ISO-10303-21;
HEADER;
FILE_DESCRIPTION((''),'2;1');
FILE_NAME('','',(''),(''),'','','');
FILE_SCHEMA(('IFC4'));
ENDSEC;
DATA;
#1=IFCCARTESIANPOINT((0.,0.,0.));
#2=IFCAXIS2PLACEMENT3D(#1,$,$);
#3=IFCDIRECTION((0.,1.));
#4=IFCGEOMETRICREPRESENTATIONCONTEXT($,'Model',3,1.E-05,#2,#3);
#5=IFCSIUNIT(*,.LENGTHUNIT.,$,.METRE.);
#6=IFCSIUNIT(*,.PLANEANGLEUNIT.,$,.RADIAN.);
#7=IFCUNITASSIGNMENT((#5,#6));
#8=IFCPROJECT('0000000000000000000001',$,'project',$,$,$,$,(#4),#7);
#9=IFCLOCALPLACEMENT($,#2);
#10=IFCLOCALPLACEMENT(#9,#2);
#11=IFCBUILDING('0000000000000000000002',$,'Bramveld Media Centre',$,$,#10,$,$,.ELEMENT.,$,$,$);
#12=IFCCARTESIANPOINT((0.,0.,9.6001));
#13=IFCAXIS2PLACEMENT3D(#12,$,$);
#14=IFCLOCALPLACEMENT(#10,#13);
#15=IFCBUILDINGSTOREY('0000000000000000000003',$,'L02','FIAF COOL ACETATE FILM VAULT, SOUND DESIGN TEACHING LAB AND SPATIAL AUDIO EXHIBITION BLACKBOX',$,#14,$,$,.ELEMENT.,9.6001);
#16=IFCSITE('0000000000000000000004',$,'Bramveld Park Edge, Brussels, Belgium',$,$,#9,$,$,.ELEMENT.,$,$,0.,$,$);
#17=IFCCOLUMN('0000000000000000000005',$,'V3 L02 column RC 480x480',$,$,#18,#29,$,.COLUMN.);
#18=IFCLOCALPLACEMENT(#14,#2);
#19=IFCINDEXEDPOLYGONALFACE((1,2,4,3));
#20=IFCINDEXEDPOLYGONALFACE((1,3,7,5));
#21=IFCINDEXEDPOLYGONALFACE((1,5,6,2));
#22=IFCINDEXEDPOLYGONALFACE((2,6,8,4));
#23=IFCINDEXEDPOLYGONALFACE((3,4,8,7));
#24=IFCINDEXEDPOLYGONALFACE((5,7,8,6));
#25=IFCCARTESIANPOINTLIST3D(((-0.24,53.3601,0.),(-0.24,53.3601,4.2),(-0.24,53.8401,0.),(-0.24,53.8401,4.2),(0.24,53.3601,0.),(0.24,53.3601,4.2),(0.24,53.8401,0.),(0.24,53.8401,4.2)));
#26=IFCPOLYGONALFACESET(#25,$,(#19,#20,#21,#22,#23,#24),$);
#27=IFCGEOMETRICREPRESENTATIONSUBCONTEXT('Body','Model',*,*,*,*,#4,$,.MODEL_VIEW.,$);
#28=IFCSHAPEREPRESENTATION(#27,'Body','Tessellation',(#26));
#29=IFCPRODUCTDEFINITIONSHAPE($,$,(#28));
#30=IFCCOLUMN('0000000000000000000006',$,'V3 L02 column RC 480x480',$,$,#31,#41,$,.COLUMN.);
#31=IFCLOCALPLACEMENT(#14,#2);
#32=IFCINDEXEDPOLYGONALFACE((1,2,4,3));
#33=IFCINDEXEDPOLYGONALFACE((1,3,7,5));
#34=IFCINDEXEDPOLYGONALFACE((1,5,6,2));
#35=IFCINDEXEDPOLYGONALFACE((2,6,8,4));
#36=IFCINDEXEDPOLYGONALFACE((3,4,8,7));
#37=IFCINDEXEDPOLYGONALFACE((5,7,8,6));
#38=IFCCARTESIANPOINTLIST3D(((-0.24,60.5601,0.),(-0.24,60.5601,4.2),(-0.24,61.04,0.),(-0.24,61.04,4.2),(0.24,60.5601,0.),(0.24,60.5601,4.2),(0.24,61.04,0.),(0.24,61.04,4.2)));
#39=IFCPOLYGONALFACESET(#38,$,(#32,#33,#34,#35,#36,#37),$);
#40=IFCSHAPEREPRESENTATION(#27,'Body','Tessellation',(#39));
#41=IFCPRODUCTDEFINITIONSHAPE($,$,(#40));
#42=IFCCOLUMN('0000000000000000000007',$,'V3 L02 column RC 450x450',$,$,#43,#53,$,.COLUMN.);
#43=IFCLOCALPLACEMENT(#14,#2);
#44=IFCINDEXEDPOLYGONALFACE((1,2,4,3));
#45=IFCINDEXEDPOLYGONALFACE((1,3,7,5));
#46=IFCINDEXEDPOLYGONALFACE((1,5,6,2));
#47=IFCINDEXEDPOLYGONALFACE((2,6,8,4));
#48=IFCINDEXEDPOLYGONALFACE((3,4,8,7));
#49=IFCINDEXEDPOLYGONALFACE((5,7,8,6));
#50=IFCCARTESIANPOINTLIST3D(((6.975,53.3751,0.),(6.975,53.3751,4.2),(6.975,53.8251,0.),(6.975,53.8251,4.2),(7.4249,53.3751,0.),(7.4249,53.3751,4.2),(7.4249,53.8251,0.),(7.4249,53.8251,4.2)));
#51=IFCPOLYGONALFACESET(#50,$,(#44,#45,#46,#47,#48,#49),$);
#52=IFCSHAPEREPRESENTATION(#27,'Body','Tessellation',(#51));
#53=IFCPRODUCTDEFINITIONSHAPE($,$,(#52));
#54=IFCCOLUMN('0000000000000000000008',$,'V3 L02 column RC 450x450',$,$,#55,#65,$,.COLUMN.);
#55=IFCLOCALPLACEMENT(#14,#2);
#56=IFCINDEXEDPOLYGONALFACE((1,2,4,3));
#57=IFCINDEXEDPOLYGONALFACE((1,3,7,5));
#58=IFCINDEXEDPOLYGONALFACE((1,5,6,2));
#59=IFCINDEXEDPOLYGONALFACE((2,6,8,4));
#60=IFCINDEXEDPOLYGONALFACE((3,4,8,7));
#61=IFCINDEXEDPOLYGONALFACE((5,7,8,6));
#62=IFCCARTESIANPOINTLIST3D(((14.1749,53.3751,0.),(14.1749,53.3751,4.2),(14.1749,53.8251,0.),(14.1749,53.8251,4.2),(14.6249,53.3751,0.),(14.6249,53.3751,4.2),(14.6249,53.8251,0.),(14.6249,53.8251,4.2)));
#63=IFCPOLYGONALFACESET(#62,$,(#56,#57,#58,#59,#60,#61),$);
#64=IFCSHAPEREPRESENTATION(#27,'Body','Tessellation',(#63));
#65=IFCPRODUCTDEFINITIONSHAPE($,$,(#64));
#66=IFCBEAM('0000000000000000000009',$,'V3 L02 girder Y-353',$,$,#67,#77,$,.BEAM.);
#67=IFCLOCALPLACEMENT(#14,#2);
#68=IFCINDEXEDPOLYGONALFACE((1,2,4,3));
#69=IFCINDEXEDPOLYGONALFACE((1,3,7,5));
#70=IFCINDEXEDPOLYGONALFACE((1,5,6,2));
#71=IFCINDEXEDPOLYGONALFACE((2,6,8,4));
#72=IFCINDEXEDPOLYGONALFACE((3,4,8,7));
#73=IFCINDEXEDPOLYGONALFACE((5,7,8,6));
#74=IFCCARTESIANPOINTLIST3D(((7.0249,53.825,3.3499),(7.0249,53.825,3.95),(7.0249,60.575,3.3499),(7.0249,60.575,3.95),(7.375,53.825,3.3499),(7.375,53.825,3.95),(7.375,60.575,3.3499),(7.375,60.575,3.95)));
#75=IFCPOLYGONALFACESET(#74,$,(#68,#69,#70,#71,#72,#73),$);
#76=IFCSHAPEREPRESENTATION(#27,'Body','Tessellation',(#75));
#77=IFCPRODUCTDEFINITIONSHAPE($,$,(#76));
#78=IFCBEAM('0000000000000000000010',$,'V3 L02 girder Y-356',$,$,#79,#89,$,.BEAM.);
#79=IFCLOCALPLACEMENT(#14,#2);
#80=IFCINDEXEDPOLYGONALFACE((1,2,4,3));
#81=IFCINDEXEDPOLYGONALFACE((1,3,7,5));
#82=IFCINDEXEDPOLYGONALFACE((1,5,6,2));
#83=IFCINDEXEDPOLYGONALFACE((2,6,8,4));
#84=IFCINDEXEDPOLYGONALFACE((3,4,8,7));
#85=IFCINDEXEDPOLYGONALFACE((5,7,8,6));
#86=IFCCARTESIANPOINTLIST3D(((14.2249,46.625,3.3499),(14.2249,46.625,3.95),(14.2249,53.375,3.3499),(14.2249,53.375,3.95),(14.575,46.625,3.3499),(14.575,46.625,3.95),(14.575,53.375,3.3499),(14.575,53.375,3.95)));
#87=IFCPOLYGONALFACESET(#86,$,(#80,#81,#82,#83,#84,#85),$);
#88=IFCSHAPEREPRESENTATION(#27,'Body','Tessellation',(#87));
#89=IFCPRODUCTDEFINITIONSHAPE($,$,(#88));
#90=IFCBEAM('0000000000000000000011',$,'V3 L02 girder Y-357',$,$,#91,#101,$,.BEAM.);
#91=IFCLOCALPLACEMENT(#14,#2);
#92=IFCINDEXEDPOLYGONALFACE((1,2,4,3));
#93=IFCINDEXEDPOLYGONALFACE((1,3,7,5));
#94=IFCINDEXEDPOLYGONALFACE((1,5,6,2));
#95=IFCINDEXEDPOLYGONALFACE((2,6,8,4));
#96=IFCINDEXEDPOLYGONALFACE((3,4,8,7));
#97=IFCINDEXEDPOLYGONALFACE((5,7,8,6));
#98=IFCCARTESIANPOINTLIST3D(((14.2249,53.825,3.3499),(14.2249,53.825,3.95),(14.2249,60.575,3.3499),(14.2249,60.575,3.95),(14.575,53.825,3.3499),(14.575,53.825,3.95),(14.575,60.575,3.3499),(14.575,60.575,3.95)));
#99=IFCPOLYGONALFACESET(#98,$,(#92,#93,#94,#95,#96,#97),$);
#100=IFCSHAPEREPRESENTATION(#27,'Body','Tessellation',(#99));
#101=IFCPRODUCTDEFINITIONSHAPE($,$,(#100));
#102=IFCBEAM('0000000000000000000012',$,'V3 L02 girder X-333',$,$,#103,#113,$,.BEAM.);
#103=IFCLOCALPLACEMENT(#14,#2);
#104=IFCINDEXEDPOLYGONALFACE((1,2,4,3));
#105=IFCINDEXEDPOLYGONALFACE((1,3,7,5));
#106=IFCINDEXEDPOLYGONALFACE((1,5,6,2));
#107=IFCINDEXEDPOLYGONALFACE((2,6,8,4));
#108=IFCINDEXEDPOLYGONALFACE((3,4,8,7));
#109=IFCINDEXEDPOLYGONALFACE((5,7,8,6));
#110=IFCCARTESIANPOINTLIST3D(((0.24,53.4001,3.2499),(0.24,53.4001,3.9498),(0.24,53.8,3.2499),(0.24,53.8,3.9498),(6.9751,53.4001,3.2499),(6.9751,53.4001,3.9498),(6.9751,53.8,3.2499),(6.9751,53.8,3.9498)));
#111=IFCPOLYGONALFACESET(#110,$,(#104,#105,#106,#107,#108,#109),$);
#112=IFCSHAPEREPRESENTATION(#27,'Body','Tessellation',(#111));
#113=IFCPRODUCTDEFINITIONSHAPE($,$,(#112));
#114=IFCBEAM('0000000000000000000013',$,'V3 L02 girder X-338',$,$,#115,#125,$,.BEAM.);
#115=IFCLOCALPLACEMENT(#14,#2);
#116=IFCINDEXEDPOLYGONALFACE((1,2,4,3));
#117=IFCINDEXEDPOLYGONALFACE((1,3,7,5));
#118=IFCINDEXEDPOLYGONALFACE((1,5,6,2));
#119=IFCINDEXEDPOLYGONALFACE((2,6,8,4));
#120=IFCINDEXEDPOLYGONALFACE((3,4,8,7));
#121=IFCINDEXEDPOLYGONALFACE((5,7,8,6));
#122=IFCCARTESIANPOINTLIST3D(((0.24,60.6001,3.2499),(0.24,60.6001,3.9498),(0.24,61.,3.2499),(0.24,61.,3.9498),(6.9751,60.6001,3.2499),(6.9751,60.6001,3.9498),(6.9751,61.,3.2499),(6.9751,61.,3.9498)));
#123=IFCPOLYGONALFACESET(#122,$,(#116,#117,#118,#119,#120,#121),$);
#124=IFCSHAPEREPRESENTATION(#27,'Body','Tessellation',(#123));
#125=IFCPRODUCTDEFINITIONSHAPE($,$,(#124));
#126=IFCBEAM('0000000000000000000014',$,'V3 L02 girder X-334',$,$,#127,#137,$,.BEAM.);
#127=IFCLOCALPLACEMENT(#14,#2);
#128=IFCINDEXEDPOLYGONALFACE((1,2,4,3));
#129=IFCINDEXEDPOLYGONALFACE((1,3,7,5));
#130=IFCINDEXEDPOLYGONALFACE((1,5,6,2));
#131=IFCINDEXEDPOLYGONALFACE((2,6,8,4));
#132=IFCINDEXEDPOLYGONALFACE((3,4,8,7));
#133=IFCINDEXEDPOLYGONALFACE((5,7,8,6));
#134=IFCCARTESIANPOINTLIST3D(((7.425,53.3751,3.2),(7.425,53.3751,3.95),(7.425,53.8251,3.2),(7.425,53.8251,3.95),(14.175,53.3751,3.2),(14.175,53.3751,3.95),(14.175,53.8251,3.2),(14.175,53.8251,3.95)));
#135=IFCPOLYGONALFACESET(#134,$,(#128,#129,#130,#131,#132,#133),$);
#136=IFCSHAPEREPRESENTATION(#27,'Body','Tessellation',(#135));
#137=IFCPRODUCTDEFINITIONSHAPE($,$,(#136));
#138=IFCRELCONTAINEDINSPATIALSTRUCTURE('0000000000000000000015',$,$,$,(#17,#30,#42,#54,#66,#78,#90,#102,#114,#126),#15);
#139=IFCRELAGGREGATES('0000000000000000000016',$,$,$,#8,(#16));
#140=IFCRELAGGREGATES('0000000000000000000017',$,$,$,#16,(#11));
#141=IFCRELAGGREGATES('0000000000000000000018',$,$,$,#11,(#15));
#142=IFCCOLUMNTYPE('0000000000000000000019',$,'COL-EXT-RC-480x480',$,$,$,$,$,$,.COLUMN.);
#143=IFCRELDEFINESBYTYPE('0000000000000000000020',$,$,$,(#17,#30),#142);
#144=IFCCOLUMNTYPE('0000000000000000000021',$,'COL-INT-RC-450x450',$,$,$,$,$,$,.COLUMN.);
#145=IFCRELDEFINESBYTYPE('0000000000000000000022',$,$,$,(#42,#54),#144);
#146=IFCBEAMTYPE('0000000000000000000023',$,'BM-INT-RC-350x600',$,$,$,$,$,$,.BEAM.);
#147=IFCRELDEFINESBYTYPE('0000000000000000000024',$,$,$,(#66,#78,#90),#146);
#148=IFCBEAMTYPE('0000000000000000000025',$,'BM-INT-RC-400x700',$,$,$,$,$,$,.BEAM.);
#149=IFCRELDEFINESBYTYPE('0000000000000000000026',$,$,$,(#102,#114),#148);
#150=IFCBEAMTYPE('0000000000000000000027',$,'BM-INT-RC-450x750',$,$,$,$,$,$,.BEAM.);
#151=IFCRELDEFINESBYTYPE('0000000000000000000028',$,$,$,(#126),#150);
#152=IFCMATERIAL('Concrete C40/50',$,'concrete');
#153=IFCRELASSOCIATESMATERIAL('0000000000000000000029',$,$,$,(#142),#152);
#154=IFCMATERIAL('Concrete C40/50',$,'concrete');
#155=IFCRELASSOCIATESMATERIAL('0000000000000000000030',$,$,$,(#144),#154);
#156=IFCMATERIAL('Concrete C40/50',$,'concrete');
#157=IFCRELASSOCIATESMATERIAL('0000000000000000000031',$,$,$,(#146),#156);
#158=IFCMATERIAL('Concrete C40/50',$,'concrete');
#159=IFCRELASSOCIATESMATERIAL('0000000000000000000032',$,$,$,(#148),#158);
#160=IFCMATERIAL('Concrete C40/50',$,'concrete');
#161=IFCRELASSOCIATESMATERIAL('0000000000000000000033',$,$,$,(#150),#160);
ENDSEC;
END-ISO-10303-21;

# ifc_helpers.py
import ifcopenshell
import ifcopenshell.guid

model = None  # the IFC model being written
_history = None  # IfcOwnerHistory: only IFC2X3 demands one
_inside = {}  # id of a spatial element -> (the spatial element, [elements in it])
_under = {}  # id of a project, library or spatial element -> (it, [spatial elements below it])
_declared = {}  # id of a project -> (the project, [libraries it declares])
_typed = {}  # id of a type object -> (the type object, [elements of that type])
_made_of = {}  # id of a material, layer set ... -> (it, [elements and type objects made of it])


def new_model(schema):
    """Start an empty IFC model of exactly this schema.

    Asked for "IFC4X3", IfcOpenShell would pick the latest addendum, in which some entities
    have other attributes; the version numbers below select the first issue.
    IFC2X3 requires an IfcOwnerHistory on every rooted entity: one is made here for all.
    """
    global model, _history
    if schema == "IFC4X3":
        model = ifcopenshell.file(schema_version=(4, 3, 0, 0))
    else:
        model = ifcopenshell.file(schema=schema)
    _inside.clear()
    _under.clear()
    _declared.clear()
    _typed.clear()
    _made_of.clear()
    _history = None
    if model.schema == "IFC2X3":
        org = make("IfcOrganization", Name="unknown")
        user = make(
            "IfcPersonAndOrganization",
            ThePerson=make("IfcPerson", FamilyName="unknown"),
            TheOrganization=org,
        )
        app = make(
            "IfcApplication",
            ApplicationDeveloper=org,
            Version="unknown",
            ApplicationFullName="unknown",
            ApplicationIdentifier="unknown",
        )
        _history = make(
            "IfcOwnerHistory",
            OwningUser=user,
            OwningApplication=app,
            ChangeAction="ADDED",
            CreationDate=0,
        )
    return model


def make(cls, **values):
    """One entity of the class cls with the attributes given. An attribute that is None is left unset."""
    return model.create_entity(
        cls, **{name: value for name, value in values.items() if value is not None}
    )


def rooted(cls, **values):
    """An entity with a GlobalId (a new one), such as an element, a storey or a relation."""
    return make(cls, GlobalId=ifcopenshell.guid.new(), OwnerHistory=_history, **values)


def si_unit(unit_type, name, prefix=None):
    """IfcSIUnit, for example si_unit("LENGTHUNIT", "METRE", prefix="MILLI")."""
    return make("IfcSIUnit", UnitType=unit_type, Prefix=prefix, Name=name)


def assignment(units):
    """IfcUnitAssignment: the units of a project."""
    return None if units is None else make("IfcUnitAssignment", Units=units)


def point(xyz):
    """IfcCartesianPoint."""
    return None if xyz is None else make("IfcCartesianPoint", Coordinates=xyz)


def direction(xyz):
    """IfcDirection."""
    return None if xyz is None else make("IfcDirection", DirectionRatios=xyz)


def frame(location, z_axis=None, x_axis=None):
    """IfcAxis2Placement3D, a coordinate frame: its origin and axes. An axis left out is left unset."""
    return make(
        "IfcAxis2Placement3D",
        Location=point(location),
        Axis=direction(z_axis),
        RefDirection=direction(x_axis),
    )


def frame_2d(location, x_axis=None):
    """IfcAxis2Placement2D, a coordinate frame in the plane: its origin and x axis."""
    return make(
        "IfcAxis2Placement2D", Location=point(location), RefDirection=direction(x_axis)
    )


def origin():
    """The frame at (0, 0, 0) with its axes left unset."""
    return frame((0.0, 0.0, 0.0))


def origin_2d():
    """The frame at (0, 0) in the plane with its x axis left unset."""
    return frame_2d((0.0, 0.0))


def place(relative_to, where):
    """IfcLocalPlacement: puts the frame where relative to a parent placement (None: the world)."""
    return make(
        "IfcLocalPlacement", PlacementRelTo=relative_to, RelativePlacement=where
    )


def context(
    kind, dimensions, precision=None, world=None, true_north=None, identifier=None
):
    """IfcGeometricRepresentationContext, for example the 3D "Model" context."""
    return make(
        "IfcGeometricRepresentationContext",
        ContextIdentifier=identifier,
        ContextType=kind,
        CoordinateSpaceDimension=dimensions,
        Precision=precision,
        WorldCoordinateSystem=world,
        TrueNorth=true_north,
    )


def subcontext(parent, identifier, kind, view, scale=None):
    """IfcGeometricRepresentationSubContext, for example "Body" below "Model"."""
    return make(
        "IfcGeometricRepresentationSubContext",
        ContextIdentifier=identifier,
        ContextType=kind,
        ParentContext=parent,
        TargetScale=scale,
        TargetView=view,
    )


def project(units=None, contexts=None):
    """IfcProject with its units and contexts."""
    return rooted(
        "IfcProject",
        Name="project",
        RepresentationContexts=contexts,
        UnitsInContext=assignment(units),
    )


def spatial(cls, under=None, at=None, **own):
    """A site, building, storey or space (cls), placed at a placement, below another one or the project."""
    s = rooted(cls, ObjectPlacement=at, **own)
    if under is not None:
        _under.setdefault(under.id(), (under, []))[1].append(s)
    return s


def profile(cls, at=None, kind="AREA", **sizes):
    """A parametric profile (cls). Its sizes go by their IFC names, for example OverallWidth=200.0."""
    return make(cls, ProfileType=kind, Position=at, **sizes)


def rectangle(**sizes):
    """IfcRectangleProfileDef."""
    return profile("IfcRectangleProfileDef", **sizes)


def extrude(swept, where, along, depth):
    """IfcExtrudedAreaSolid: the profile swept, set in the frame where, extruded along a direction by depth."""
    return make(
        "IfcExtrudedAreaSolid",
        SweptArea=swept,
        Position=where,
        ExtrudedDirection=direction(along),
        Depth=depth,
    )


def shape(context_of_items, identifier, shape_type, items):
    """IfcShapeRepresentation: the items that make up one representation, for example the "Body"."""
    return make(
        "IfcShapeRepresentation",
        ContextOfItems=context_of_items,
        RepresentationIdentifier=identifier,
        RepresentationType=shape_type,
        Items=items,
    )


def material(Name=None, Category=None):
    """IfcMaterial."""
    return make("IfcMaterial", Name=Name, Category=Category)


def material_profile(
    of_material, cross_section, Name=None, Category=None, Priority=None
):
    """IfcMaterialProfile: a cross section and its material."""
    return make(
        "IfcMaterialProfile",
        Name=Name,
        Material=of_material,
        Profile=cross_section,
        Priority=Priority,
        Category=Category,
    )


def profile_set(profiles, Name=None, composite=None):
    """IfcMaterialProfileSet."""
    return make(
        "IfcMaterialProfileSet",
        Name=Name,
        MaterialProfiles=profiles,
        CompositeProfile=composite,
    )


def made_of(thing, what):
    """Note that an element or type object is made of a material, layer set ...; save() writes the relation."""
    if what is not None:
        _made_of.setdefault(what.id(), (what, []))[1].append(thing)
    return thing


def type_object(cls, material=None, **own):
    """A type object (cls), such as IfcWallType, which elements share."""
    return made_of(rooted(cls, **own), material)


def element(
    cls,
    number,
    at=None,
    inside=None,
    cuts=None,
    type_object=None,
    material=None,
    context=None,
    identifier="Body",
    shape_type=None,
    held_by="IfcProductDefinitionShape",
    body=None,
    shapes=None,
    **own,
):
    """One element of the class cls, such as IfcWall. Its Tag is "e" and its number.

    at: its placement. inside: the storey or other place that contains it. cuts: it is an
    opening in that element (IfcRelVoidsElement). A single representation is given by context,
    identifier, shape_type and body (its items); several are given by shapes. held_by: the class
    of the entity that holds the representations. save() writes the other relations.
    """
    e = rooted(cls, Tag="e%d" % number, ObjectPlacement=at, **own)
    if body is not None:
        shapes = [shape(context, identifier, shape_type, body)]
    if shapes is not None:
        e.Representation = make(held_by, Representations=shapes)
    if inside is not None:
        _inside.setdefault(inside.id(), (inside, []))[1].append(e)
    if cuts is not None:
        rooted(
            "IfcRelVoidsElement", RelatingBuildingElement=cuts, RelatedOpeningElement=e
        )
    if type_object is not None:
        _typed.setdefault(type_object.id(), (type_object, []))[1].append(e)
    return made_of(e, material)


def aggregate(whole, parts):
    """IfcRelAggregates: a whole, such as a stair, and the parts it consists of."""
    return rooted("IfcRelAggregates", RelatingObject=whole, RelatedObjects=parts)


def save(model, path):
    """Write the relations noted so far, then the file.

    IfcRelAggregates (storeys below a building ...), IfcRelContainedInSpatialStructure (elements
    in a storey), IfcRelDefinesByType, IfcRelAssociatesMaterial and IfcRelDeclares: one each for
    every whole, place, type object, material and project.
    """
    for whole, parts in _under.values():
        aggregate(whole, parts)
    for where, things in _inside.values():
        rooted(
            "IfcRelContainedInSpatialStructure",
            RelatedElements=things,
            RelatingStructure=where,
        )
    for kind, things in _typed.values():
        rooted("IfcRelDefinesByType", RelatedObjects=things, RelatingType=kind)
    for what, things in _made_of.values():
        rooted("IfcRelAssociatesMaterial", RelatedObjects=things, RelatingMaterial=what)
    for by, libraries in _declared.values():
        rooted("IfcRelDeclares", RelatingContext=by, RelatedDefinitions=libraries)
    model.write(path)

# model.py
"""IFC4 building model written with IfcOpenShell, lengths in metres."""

from ifc_helpers import new_model, si_unit, direction, frame, origin, origin_2d, place, context, subcontext, project, spatial, rectangle, extrude, material, material_profile, profile_set, type_object, element, save


model = new_model("IFC4")

# Units and contexts
model_context = context("Model", 3, precision=1e-05, world=origin(), true_north=direction((0.0, 1.0)))
body_context = subcontext(model_context, "Body", "Model", "MODEL_VIEW")
ifc_project = project(units=[si_unit("LENGTHUNIT", "METRE"), si_unit("PLANEANGLEUNIT", "RADIAN")], contexts=[model_context])

# Site, building, storey
site_placement = place(None, origin())
site = spatial("IfcSite", under=ifc_project, at=site_placement, Name="Bramveld Park Edge, Brussels, Belgium", CompositionType="ELEMENT", RefElevation=0.0)
building_placement = place(site_placement, origin())
building = spatial("IfcBuilding", under=site, at=building_placement, Name="Bramveld Media Centre", CompositionType="ELEMENT")
storey_placement = place(building_placement, frame((0.0, 0.0, 9.6001)))
storey = spatial("IfcBuildingStorey", under=building, at=storey_placement, Name="L02", Description="FIAF COOL ACETATE FILM VAULT, SOUND DESIGN TEACHING LAB AND SPATIAL AUDIO EXHIBITION BLACKBOX", CompositionType="ELEMENT", Elevation=9.6001)

# Columns
ifc_material_1 = material(Name="Concrete C40/50", Category="concrete")
ifc_material_profile_1 = material_profile(ifc_material_1, rectangle(XDim=0.48, YDim=0.48, at=origin_2d()), Name="RC 480x480")
ifc_profile_set_1 = profile_set([ifc_material_profile_1], Name="Concrete C40/50")
column_type_1 = type_object("IfcColumnType", Name="COL-EXT-RC-480x480", PredefinedType="COLUMN", material=ifc_profile_set_1)
for number, where, z_axis, x_axis, name in (
    (1, (0.0, 53.6001, 0.0), (0.0, 0.0, 1.0), (1.0, 0.0, 0.0), "V3 L02 column RC 480x480"),
    (2, (0.0, 60.8, 0.0), (0.0, 0.0, 1.0), (1.0, 0.0, 0.0), "V3 L02 column RC 480x480"),
):
    element("IfcColumn", number, at=place(storey_placement, frame(where, z_axis=z_axis, x_axis=x_axis)), inside=storey, type_object=column_type_1, Name=name, PredefinedType="COLUMN", context=body_context, shape_type="SweptSolid", body=[
        extrude(rectangle(XDim=0.48, YDim=0.48, at=origin_2d()), origin(), (0.0, 0.0, 1.0), 4.2),
    ])
ifc_material_2 = material(Name="Concrete C40/50", Category="concrete")
ifc_material_profile_2 = material_profile(ifc_material_2, rectangle(XDim=0.45, YDim=0.45, at=origin_2d()), Name="RC 450x450")
ifc_profile_set_2 = profile_set([ifc_material_profile_2], Name="Concrete C40/50")
column_type_2 = type_object("IfcColumnType", Name="COL-INT-RC-450x450", PredefinedType="COLUMN", material=ifc_profile_set_2)
for number, where, z_axis, x_axis, name in (
    (3, (7.2, 53.6001, 0.0), (0.0, 0.0, 1.0), (1.0, 0.0, 0.0), "V3 L02 column RC 450x450"),
    (4, (14.3999, 53.6001, 0.0), (0.0, 0.0, 1.0), (1.0, 0.0, 0.0), "V3 L02 column RC 450x450"),
):
    element("IfcColumn", number, at=place(storey_placement, frame(where, z_axis=z_axis, x_axis=x_axis)), inside=storey, type_object=column_type_2, Name=name, PredefinedType="COLUMN", context=body_context, shape_type="SweptSolid", body=[
        extrude(rectangle(XDim=0.45, YDim=0.45, at=origin_2d()), origin(), (0.0, 0.0, 1.0), 4.2),
    ])

# Beams
ifc_material_3 = material(Name="Concrete C40/50", Category="concrete")
ifc_material_profile_3 = material_profile(ifc_material_3, rectangle(XDim=0.3501, YDim=0.6001, at=origin_2d()), Name="RC 350x600")
ifc_profile_set_3 = profile_set([ifc_material_profile_3], Name="Concrete C40/50")
beam_type_1 = type_object("IfcBeamType", Name="BM-INT-RC-350x600", PredefinedType="BEAM", material=ifc_profile_set_3)
for number, where, z_axis, x_axis, name in (
    (5, (7.2, 53.825, 3.6499), (0.0, 1.0, 0.0), (-1.0, 0.0, 0.0), "V3 L02 girder Y-353"),
    (6, (14.3999, 46.625, 3.6499), (0.0, 1.0, 0.0), (-1.0, 0.0, 0.0), "V3 L02 girder Y-356"),
    (7, (14.3999, 53.825, 3.6499), (0.0, 1.0, 0.0), (-1.0, 0.0, 0.0), "V3 L02 girder Y-357"),
):
    element("IfcBeam", number, at=place(storey_placement, frame(where, z_axis=z_axis, x_axis=x_axis)), inside=storey, type_object=beam_type_1, Name=name, PredefinedType="BEAM", context=body_context, shape_type="SweptSolid", body=[
        extrude(rectangle(XDim=0.3501, YDim=0.6001, at=origin_2d()), origin(), (0.0, 0.0, 1.0), 6.75),
    ])
ifc_material_4 = material(Name="Concrete C40/50", Category="concrete")
ifc_material_profile_4 = material_profile(ifc_material_4, rectangle(XDim=0.3999, YDim=0.7, at=origin_2d()), Name="RC 400x700")
ifc_profile_set_4 = profile_set([ifc_material_profile_4], Name="Concrete C40/50")
beam_type_2 = type_object("IfcBeamType", Name="BM-INT-RC-400x700", PredefinedType="BEAM", material=ifc_profile_set_4)
for number, where, z_axis, x_axis, name in (
    (8, (0.24, 53.6001, 3.5999), (1.0, 0.0, 0.0), (0.0, 1.0, 0.0), "V3 L02 girder X-333"),
    (9, (0.24, 60.8, 3.5999), (1.0, 0.0, 0.0), (0.0, 1.0, 0.0), "V3 L02 girder X-338"),
):
    element("IfcBeam", number, at=place(storey_placement, frame(where, z_axis=z_axis, x_axis=x_axis)), inside=storey, type_object=beam_type_2, Name=name, PredefinedType="BEAM", context=body_context, shape_type="SweptSolid", body=[
        extrude(rectangle(XDim=0.3999, YDim=0.7, at=origin_2d()), origin(), (0.0, 0.0, 1.0), 6.7351),
    ])
ifc_material_5 = material(Name="Concrete C40/50", Category="concrete")
ifc_material_profile_5 = material_profile(ifc_material_5, rectangle(XDim=0.45, YDim=0.75, at=origin_2d()), Name="RC 450x750")
ifc_profile_set_5 = profile_set([ifc_material_profile_5], Name="Concrete C40/50")
beam_type_3 = type_object("IfcBeamType", Name="BM-INT-RC-450x750", PredefinedType="BEAM", material=ifc_profile_set_5)
beam_1_placement = place(storey_placement, frame((7.425, 53.6001, 3.575), z_axis=(1.0, 0.0, 0.0), x_axis=(0.0, 1.0, 0.0)))
element("IfcBeam", 10, at=beam_1_placement, inside=storey, type_object=beam_type_3, Name="V3 L02 girder X-334", PredefinedType="BEAM", context=body_context, shape_type="SweptSolid", body=[
    extrude(rectangle(XDim=0.45, YDim=0.75, at=origin_2d()), origin(), (0.0, 0.0, 1.0), 6.75),
])

save(model, "model.ifc")
